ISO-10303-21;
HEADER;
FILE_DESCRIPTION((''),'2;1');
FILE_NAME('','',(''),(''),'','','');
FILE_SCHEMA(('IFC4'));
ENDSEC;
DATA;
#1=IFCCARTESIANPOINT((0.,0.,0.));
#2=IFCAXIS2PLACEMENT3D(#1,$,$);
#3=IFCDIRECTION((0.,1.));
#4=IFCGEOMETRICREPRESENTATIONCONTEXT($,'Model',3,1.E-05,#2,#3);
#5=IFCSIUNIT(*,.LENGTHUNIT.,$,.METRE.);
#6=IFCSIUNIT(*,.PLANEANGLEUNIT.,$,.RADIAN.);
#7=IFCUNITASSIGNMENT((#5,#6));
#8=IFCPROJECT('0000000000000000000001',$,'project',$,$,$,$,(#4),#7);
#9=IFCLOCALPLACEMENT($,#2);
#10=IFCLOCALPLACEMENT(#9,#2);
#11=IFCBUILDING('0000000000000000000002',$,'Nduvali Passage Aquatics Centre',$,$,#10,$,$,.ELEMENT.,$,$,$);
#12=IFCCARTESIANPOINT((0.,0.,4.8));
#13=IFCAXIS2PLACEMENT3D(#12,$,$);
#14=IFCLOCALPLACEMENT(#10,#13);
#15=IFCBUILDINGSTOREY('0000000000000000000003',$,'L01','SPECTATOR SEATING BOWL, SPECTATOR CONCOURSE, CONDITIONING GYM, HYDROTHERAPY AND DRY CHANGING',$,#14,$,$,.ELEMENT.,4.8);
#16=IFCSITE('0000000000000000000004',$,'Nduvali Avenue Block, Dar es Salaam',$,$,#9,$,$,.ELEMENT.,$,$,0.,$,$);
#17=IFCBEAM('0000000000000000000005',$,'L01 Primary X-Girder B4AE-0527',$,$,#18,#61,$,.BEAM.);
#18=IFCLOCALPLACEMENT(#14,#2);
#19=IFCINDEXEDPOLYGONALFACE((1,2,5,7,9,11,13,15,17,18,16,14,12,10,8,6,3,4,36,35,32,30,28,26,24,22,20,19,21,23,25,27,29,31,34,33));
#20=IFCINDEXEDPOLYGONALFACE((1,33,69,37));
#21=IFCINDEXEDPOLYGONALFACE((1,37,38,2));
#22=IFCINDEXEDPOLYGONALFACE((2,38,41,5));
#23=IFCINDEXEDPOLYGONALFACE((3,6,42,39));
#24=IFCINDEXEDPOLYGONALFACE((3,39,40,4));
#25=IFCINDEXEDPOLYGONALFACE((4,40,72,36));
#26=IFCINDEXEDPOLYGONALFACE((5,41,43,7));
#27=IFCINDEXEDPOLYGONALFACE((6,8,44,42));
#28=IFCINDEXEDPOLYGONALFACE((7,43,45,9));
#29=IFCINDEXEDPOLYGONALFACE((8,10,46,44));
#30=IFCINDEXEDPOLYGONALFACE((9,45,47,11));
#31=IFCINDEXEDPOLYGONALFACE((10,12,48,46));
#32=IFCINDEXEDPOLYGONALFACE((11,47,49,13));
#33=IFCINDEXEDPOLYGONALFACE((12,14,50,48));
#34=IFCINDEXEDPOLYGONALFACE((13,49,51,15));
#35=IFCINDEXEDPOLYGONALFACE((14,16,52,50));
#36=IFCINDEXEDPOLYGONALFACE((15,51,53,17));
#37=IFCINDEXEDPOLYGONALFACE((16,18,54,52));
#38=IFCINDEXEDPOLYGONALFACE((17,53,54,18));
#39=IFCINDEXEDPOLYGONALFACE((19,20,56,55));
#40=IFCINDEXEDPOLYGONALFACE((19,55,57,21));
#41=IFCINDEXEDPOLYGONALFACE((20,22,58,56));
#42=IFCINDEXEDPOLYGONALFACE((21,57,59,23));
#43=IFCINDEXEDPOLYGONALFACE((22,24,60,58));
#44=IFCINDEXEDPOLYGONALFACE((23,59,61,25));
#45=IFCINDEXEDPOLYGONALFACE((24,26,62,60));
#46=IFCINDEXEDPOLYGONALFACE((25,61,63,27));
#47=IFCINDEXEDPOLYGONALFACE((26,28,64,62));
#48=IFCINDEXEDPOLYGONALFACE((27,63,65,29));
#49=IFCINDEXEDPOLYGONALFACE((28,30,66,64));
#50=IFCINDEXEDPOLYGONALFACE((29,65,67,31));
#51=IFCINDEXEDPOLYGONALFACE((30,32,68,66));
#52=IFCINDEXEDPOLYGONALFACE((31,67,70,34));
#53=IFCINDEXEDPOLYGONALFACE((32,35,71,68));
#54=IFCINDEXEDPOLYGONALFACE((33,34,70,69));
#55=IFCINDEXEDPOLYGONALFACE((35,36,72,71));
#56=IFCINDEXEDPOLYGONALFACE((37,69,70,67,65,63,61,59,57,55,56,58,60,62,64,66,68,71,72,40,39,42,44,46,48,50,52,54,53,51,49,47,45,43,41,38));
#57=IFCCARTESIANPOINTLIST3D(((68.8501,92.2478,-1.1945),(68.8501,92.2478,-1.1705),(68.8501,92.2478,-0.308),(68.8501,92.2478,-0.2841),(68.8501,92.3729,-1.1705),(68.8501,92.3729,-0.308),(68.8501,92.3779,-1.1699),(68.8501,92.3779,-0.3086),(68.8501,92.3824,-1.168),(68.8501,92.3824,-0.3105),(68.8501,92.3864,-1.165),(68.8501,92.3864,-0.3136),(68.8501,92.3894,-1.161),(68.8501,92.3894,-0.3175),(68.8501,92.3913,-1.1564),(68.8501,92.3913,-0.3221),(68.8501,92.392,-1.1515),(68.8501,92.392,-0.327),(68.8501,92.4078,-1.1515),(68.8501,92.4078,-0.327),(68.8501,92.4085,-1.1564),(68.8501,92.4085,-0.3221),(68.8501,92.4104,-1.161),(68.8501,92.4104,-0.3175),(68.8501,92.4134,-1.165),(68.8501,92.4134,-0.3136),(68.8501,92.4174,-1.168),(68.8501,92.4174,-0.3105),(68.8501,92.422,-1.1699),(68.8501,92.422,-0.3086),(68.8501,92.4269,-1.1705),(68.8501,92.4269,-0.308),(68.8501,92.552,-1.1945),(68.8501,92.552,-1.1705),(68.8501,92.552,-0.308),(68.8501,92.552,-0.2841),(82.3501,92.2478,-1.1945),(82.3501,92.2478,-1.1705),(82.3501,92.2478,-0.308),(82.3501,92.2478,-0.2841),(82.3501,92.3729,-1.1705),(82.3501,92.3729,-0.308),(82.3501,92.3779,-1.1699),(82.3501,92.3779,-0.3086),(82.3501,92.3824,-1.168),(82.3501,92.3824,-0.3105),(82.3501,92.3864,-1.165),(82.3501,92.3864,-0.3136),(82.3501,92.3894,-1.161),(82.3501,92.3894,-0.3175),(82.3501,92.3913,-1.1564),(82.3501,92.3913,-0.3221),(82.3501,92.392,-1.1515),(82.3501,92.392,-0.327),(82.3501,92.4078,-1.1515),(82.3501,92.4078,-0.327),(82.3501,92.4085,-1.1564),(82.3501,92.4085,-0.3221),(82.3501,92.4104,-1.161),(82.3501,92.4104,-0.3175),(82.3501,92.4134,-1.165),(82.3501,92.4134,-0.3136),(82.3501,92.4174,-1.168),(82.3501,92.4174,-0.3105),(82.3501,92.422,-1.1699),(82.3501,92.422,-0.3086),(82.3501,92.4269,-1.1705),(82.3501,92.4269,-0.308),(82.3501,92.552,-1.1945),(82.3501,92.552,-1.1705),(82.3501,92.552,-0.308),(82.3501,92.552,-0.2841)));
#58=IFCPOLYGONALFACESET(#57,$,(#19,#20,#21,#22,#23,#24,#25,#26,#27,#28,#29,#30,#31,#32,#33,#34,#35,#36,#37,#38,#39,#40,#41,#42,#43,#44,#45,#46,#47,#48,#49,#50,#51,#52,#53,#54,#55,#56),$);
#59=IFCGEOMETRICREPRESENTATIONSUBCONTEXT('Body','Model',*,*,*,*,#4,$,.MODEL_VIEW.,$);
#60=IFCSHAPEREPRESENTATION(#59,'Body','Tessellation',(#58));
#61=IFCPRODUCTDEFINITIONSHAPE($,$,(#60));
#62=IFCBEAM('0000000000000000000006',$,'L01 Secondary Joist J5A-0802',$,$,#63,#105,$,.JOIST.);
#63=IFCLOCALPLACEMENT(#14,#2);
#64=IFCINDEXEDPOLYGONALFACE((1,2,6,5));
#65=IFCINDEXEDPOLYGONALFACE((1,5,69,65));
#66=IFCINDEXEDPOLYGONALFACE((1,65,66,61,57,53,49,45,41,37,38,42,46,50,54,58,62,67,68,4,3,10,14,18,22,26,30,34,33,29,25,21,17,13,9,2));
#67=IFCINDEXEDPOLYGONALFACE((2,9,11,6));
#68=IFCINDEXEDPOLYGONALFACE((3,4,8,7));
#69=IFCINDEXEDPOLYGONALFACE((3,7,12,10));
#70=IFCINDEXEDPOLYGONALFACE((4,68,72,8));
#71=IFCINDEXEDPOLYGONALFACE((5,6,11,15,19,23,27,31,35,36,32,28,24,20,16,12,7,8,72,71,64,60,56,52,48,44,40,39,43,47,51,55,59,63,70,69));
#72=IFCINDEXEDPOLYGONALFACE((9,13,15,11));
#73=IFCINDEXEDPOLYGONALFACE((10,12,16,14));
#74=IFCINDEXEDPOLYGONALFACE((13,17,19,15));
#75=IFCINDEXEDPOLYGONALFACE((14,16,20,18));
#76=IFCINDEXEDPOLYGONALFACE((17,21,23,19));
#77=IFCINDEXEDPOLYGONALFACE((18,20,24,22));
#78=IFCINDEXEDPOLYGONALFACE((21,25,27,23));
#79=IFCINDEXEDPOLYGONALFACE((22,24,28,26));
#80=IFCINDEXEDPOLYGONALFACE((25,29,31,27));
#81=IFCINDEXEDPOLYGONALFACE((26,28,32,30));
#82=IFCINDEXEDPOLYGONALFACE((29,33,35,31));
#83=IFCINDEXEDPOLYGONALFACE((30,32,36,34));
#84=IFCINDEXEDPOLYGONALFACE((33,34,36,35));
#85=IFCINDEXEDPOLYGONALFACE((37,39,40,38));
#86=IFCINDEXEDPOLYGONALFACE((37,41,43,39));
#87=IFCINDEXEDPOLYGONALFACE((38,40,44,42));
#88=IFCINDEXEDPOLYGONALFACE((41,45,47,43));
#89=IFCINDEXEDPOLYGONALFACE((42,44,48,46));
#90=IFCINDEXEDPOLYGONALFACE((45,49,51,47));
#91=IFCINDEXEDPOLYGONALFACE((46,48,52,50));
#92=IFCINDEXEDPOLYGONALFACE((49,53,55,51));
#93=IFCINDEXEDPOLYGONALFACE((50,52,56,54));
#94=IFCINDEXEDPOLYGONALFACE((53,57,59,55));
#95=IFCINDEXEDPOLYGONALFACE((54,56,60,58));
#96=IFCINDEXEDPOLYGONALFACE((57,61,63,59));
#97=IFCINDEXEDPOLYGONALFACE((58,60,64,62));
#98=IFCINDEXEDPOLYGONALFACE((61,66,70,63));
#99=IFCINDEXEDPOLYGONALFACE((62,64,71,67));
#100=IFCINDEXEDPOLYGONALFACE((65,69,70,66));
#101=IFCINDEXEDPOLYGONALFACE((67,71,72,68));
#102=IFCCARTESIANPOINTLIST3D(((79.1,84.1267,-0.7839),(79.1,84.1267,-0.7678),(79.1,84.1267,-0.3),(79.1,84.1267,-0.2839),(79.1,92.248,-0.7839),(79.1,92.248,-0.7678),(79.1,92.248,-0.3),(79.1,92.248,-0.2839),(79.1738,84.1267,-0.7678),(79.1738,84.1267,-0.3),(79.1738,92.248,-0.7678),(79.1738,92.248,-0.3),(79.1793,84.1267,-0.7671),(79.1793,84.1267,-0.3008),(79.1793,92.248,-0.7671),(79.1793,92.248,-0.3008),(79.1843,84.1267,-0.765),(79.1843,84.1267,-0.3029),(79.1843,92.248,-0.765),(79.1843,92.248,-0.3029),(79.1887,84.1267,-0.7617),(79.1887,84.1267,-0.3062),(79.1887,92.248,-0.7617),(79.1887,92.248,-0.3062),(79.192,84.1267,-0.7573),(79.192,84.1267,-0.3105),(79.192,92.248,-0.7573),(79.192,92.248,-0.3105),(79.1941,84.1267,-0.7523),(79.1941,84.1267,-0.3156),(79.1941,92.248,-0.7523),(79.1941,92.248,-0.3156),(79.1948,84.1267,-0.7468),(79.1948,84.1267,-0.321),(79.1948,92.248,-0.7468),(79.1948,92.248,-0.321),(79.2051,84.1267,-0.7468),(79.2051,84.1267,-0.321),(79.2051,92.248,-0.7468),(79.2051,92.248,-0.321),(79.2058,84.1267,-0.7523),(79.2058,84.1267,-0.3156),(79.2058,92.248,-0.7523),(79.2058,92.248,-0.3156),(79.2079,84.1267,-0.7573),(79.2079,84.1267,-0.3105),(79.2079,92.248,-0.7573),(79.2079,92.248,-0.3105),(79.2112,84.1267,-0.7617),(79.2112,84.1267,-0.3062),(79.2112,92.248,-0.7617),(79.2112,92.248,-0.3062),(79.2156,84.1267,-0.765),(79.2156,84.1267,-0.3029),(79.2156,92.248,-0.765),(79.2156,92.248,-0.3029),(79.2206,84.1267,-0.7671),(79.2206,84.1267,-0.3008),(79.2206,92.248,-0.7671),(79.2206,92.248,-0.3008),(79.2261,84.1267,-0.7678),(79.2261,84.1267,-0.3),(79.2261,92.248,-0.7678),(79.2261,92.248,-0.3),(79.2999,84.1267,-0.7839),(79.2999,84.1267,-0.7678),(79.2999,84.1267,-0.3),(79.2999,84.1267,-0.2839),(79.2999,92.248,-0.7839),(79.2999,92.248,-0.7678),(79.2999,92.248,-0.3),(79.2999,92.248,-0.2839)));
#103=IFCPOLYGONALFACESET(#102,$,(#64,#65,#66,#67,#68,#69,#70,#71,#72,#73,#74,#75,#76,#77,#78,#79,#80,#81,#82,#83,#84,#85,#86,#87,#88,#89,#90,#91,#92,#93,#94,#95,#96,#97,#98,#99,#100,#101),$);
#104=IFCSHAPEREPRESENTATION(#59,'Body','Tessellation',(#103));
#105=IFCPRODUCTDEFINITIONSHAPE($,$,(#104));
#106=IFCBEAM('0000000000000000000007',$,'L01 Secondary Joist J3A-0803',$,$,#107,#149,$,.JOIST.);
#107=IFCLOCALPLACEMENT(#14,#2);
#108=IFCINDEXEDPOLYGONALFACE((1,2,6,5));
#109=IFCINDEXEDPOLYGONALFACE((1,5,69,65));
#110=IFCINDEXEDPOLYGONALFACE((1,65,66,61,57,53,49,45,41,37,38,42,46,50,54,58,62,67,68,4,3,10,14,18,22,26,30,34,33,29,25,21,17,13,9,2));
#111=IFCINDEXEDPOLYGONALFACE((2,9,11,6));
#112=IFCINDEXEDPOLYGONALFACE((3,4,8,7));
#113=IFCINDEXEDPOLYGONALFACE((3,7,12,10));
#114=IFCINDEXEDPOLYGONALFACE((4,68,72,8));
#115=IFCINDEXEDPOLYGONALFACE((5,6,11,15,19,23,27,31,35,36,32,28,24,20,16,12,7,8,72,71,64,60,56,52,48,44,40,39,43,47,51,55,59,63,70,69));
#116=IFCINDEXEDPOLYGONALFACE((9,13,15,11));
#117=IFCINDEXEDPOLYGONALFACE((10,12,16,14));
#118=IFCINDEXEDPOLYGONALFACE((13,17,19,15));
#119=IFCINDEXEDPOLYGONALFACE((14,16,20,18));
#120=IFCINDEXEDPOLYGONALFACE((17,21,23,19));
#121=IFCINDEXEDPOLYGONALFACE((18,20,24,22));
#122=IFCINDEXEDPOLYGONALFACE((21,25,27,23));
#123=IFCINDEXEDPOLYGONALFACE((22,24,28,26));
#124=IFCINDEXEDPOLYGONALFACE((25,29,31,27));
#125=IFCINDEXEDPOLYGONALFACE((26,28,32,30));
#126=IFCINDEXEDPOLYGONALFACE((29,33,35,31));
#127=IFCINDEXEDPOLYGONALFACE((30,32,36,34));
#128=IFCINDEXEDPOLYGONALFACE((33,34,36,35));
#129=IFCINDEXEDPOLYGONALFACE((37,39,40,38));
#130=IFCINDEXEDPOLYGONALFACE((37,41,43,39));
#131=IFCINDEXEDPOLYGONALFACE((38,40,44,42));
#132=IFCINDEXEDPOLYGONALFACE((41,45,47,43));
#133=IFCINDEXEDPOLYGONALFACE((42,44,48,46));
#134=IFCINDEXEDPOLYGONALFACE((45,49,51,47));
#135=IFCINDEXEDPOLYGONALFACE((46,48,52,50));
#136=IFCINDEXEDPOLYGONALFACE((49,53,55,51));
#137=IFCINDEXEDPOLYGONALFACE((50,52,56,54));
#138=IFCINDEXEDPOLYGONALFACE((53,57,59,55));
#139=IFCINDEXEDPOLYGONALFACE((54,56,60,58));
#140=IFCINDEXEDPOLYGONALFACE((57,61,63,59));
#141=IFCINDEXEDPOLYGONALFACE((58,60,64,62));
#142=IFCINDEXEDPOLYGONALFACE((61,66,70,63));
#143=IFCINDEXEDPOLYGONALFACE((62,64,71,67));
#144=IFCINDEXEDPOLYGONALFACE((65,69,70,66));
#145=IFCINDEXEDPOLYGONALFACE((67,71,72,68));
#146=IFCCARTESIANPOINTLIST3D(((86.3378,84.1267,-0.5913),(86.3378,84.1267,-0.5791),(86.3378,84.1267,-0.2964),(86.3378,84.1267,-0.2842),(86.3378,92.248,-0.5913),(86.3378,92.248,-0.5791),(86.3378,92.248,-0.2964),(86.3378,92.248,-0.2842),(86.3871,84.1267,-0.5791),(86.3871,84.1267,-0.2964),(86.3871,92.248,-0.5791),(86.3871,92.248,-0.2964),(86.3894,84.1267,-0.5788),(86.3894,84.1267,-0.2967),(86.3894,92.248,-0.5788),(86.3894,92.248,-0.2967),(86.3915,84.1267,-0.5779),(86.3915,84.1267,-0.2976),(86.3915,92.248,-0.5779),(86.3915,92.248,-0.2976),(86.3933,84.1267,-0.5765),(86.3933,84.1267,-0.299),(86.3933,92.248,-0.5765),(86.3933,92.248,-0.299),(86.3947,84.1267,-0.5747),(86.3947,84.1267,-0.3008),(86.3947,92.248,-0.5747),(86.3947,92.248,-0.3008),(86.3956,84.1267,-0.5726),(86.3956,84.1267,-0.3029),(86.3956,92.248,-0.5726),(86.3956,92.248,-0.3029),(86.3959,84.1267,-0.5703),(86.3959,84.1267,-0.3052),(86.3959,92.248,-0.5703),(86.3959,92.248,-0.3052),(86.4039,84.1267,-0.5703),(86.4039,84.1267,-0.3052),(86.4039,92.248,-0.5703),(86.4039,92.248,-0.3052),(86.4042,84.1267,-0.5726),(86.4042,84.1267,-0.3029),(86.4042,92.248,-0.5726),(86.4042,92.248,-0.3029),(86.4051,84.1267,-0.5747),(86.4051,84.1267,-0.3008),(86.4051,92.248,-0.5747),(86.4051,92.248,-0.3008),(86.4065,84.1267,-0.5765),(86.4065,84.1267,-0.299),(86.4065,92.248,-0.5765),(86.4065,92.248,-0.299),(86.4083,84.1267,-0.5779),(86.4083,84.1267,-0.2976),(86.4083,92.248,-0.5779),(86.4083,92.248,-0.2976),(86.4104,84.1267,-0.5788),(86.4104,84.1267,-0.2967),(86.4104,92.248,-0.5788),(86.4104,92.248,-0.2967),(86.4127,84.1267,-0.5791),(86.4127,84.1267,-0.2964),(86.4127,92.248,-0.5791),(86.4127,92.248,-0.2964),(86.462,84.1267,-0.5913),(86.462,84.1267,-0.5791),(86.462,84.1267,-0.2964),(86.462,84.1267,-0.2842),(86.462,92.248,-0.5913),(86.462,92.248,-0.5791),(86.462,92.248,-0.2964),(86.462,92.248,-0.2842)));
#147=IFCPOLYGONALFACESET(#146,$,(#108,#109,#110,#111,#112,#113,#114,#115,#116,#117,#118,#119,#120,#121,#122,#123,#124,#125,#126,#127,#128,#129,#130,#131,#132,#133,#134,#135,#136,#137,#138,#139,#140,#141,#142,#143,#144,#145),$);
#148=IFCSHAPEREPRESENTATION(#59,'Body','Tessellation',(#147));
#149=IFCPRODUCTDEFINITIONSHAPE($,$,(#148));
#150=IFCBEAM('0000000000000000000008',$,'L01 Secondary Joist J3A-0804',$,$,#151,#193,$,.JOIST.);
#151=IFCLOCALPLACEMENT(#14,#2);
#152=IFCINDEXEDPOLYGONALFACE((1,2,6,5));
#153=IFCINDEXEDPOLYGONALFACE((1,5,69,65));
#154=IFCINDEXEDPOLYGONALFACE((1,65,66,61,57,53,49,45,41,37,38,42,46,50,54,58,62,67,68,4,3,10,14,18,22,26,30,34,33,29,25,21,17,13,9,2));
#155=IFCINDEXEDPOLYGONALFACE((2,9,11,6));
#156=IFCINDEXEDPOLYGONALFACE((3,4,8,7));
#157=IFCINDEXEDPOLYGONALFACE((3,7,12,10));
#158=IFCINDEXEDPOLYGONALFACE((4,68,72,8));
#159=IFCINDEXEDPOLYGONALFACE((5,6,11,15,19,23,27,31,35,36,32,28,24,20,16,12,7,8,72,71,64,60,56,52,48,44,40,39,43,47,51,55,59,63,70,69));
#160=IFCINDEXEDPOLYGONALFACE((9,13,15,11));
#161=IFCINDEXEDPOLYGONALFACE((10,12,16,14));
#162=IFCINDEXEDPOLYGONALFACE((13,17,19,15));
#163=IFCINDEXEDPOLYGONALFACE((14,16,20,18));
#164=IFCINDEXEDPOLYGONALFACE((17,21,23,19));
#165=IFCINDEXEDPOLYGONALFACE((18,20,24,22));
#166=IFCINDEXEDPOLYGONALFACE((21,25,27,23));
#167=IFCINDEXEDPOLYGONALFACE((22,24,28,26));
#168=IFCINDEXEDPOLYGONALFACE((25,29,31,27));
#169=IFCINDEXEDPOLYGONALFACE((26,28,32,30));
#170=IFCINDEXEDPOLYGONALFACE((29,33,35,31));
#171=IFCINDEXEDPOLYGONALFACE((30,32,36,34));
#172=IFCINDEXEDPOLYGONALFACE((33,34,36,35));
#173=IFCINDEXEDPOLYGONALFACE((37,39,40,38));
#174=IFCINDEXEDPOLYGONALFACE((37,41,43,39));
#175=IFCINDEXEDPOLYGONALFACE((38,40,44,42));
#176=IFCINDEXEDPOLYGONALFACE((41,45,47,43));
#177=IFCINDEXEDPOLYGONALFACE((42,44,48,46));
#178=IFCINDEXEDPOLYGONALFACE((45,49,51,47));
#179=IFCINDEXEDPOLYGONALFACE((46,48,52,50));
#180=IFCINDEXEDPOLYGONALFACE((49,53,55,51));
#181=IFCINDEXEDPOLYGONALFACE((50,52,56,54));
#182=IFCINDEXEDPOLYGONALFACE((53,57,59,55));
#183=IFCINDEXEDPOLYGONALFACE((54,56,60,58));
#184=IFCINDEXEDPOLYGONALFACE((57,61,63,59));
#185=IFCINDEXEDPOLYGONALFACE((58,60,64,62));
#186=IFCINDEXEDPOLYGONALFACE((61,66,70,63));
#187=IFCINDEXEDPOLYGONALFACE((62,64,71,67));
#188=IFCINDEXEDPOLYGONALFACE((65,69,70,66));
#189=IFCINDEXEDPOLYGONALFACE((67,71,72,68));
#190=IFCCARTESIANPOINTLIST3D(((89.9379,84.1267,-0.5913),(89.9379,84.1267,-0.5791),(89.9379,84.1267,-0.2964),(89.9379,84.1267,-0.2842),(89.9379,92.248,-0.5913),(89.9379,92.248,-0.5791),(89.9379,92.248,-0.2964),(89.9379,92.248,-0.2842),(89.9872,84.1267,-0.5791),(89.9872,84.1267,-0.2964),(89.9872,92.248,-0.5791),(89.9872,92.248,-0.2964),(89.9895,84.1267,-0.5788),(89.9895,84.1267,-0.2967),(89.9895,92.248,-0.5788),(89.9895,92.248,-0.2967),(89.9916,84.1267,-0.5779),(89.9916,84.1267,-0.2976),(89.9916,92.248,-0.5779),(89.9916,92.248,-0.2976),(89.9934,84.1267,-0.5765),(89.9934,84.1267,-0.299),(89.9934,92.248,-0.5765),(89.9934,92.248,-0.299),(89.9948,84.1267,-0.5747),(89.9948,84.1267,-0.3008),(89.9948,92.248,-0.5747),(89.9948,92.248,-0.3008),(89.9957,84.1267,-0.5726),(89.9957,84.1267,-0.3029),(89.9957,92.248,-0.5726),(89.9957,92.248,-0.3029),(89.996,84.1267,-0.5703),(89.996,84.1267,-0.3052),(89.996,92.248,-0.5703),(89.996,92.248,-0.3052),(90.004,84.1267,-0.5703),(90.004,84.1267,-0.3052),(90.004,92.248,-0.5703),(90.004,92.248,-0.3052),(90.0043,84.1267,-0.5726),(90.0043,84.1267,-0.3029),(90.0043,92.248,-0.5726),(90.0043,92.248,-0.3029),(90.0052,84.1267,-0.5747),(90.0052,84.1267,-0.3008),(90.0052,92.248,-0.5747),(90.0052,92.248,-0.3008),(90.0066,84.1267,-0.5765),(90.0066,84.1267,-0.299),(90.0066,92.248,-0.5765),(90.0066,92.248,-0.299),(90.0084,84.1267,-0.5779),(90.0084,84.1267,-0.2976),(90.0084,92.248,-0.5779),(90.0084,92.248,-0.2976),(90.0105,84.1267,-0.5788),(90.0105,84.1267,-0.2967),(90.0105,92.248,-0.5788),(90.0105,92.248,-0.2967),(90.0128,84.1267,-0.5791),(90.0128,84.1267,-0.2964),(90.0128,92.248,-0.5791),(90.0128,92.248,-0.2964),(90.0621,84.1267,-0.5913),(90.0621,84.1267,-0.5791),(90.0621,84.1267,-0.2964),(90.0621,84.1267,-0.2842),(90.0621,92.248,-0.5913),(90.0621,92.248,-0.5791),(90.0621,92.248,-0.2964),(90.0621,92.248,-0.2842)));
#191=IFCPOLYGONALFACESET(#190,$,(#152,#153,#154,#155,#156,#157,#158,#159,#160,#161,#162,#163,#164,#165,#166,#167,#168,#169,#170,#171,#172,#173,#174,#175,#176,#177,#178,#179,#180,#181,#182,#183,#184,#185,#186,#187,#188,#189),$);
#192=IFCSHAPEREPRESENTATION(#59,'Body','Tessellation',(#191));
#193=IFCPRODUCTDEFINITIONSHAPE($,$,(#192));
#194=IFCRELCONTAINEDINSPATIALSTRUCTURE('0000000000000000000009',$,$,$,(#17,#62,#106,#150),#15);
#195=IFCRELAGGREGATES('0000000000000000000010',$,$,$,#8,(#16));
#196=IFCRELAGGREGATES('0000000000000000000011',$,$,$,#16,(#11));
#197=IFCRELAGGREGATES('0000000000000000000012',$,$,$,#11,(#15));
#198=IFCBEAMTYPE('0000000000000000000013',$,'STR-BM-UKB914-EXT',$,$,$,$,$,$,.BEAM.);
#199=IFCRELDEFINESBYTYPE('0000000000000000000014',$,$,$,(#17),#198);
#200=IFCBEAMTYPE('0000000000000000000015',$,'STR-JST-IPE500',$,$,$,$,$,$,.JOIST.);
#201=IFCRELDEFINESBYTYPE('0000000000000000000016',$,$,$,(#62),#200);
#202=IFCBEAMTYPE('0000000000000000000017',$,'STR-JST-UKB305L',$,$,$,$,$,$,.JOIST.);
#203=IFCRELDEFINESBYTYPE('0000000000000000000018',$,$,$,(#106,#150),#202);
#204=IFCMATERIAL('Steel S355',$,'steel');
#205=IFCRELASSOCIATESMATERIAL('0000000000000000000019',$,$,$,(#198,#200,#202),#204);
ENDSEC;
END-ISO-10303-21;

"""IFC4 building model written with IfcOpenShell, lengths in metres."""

from ifc_helpers import new_model, si_unit, direction, frame, origin, origin_2d, place, context, subcontext, project, spatial, i_section, extrude, material, material_profile, profile_set, type_object, element, save


model = new_model("IFC4")

# Units and contexts
model_context = context("Model", 3, precision=1e-05, world=origin(), true_north=direction((0.0, 1.0)))
body_context = subcontext(model_context, "Body", "Model", "MODEL_VIEW")
ifc_project = project(units=[si_unit("LENGTHUNIT", "METRE"), si_unit("PLANEANGLEUNIT", "RADIAN")], contexts=[model_context])

# Site, building, storey
site_placement = place(None, origin())
site = spatial("IfcSite", under=ifc_project, at=site_placement, Name="Nduvali Avenue Block, Dar es Salaam", CompositionType="ELEMENT", RefElevation=0.0)
building_placement = place(site_placement, origin())
building = spatial("IfcBuilding", under=site, at=building_placement, Name="Nduvali Passage Aquatics Centre", CompositionType="ELEMENT")
storey_placement = place(building_placement, frame((0.0, 0.0, 4.8)))
storey = spatial("IfcBuildingStorey", under=building, at=storey_placement, Name="L01", Description="SPECTATOR SEATING BOWL, SPECTATOR CONCOURSE, CONDITIONING GYM, HYDROTHERAPY AND DRY CHANGING", CompositionType="ELEMENT", Elevation=4.8)

# Shared definitions
ifc_material_1 = material(Name="Steel S355", Category="steel")

# Beams
ifc_material_profile_1 = material_profile(ifc_material_1, i_section(OverallWidth=0.3042, OverallDepth=0.9104, WebThickness=0.0159, FlangeThickness=0.0239, FilletRadius=0.019, at=origin_2d()), Name="UKB 914x305x224")
ifc_profile_set_1 = profile_set([ifc_material_profile_1], Name="Steel S355")
beam_type_1 = type_object("IfcBeamType", Name="STR-BM-UKB914-EXT", PredefinedType="BEAM", material=ifc_profile_set_1)
beam_1_placement = place(storey_placement, frame((68.8501, 92.3999, -0.7393), z_axis=(1.0, 0.0, 0.0), x_axis=(0.0, 1.0, 0.0)))
element("IfcBeam", 1, at=beam_1_placement, inside=storey, type_object=beam_type_1, Name="L01 Primary X-Girder B4AE-0527", PredefinedType="BEAM", context=body_context, shape_type="SweptSolid", body=[
    extrude(i_section(OverallWidth=0.3042, OverallDepth=0.9104, WebThickness=0.0159, FlangeThickness=0.0239, FilletRadius=0.019, at=origin_2d()), origin(), (0.0, 0.0, 1.0), 13.5),
])
ifc_material_profile_2 = material_profile(ifc_material_1, i_section(OverallWidth=0.2, OverallDepth=0.5, WebThickness=0.0103, FlangeThickness=0.0161, FilletRadius=0.021, at=origin_2d()), Name="IPE 500")
ifc_profile_set_2 = profile_set([ifc_material_profile_2], Name="Steel S355")
beam_type_2 = type_object("IfcBeamType", Name="STR-JST-IPE500", PredefinedType="JOIST", material=ifc_profile_set_2)
beam_2_placement = place(storey_placement, frame((79.2, 84.1267, -0.5339), z_axis=(0.0, 1.0, 0.0), x_axis=(-1.0, 0.0, 0.0)))
element("IfcBeam", 2, at=beam_2_placement, inside=storey, type_object=beam_type_2, Name="L01 Secondary Joist J5A-0802", PredefinedType="JOIST", context=body_context, shape_type="SweptSolid", body=[
    extrude(i_section(OverallWidth=0.2, OverallDepth=0.5, WebThickness=0.0103, FlangeThickness=0.0161, FilletRadius=0.021, at=origin_2d()), origin(), (0.0, 0.0, 1.0), 8.1213),
])
ifc_material_profile_3 = material_profile(ifc_material_1, i_section(OverallWidth=0.1243, OverallDepth=0.3071, WebThickness=0.0081, FlangeThickness=0.0122, FilletRadius=0.0088, at=origin_2d()), Name="UKB 305x127x42")
ifc_profile_set_3 = profile_set([ifc_material_profile_3], Name="Steel S355")
beam_type_3 = type_object("IfcBeamType", Name="STR-JST-UKB305L", PredefinedType="JOIST", material=ifc_profile_set_3)
for number, where, z_axis, x_axis, name in (
    (3, (86.3999, 84.1267, -0.4377), (0.0, 1.0, 0.0), (-1.0, 0.0, 0.0), "L01 Secondary Joist J3A-0803"),
    (4, (90.0, 84.1267, -0.4377), (0.0, 1.0, 0.0), (-1.0, 0.0, 0.0), "L01 Secondary Joist J3A-0804"),
):
    element("IfcBeam", number, at=place(storey_placement, frame(where, z_axis=z_axis, x_axis=x_axis)), inside=storey, type_object=beam_type_3, Name=name, PredefinedType="JOIST", context=body_context, shape_type="SweptSolid", body=[
        extrude(i_section(OverallWidth=0.1243, OverallDepth=0.3071, WebThickness=0.0081, FlangeThickness=0.0122, FilletRadius=0.0088, at=origin_2d()), origin(), (0.0, 0.0, 1.0), 8.1213),
    ])

save(model, "model.ifc")
